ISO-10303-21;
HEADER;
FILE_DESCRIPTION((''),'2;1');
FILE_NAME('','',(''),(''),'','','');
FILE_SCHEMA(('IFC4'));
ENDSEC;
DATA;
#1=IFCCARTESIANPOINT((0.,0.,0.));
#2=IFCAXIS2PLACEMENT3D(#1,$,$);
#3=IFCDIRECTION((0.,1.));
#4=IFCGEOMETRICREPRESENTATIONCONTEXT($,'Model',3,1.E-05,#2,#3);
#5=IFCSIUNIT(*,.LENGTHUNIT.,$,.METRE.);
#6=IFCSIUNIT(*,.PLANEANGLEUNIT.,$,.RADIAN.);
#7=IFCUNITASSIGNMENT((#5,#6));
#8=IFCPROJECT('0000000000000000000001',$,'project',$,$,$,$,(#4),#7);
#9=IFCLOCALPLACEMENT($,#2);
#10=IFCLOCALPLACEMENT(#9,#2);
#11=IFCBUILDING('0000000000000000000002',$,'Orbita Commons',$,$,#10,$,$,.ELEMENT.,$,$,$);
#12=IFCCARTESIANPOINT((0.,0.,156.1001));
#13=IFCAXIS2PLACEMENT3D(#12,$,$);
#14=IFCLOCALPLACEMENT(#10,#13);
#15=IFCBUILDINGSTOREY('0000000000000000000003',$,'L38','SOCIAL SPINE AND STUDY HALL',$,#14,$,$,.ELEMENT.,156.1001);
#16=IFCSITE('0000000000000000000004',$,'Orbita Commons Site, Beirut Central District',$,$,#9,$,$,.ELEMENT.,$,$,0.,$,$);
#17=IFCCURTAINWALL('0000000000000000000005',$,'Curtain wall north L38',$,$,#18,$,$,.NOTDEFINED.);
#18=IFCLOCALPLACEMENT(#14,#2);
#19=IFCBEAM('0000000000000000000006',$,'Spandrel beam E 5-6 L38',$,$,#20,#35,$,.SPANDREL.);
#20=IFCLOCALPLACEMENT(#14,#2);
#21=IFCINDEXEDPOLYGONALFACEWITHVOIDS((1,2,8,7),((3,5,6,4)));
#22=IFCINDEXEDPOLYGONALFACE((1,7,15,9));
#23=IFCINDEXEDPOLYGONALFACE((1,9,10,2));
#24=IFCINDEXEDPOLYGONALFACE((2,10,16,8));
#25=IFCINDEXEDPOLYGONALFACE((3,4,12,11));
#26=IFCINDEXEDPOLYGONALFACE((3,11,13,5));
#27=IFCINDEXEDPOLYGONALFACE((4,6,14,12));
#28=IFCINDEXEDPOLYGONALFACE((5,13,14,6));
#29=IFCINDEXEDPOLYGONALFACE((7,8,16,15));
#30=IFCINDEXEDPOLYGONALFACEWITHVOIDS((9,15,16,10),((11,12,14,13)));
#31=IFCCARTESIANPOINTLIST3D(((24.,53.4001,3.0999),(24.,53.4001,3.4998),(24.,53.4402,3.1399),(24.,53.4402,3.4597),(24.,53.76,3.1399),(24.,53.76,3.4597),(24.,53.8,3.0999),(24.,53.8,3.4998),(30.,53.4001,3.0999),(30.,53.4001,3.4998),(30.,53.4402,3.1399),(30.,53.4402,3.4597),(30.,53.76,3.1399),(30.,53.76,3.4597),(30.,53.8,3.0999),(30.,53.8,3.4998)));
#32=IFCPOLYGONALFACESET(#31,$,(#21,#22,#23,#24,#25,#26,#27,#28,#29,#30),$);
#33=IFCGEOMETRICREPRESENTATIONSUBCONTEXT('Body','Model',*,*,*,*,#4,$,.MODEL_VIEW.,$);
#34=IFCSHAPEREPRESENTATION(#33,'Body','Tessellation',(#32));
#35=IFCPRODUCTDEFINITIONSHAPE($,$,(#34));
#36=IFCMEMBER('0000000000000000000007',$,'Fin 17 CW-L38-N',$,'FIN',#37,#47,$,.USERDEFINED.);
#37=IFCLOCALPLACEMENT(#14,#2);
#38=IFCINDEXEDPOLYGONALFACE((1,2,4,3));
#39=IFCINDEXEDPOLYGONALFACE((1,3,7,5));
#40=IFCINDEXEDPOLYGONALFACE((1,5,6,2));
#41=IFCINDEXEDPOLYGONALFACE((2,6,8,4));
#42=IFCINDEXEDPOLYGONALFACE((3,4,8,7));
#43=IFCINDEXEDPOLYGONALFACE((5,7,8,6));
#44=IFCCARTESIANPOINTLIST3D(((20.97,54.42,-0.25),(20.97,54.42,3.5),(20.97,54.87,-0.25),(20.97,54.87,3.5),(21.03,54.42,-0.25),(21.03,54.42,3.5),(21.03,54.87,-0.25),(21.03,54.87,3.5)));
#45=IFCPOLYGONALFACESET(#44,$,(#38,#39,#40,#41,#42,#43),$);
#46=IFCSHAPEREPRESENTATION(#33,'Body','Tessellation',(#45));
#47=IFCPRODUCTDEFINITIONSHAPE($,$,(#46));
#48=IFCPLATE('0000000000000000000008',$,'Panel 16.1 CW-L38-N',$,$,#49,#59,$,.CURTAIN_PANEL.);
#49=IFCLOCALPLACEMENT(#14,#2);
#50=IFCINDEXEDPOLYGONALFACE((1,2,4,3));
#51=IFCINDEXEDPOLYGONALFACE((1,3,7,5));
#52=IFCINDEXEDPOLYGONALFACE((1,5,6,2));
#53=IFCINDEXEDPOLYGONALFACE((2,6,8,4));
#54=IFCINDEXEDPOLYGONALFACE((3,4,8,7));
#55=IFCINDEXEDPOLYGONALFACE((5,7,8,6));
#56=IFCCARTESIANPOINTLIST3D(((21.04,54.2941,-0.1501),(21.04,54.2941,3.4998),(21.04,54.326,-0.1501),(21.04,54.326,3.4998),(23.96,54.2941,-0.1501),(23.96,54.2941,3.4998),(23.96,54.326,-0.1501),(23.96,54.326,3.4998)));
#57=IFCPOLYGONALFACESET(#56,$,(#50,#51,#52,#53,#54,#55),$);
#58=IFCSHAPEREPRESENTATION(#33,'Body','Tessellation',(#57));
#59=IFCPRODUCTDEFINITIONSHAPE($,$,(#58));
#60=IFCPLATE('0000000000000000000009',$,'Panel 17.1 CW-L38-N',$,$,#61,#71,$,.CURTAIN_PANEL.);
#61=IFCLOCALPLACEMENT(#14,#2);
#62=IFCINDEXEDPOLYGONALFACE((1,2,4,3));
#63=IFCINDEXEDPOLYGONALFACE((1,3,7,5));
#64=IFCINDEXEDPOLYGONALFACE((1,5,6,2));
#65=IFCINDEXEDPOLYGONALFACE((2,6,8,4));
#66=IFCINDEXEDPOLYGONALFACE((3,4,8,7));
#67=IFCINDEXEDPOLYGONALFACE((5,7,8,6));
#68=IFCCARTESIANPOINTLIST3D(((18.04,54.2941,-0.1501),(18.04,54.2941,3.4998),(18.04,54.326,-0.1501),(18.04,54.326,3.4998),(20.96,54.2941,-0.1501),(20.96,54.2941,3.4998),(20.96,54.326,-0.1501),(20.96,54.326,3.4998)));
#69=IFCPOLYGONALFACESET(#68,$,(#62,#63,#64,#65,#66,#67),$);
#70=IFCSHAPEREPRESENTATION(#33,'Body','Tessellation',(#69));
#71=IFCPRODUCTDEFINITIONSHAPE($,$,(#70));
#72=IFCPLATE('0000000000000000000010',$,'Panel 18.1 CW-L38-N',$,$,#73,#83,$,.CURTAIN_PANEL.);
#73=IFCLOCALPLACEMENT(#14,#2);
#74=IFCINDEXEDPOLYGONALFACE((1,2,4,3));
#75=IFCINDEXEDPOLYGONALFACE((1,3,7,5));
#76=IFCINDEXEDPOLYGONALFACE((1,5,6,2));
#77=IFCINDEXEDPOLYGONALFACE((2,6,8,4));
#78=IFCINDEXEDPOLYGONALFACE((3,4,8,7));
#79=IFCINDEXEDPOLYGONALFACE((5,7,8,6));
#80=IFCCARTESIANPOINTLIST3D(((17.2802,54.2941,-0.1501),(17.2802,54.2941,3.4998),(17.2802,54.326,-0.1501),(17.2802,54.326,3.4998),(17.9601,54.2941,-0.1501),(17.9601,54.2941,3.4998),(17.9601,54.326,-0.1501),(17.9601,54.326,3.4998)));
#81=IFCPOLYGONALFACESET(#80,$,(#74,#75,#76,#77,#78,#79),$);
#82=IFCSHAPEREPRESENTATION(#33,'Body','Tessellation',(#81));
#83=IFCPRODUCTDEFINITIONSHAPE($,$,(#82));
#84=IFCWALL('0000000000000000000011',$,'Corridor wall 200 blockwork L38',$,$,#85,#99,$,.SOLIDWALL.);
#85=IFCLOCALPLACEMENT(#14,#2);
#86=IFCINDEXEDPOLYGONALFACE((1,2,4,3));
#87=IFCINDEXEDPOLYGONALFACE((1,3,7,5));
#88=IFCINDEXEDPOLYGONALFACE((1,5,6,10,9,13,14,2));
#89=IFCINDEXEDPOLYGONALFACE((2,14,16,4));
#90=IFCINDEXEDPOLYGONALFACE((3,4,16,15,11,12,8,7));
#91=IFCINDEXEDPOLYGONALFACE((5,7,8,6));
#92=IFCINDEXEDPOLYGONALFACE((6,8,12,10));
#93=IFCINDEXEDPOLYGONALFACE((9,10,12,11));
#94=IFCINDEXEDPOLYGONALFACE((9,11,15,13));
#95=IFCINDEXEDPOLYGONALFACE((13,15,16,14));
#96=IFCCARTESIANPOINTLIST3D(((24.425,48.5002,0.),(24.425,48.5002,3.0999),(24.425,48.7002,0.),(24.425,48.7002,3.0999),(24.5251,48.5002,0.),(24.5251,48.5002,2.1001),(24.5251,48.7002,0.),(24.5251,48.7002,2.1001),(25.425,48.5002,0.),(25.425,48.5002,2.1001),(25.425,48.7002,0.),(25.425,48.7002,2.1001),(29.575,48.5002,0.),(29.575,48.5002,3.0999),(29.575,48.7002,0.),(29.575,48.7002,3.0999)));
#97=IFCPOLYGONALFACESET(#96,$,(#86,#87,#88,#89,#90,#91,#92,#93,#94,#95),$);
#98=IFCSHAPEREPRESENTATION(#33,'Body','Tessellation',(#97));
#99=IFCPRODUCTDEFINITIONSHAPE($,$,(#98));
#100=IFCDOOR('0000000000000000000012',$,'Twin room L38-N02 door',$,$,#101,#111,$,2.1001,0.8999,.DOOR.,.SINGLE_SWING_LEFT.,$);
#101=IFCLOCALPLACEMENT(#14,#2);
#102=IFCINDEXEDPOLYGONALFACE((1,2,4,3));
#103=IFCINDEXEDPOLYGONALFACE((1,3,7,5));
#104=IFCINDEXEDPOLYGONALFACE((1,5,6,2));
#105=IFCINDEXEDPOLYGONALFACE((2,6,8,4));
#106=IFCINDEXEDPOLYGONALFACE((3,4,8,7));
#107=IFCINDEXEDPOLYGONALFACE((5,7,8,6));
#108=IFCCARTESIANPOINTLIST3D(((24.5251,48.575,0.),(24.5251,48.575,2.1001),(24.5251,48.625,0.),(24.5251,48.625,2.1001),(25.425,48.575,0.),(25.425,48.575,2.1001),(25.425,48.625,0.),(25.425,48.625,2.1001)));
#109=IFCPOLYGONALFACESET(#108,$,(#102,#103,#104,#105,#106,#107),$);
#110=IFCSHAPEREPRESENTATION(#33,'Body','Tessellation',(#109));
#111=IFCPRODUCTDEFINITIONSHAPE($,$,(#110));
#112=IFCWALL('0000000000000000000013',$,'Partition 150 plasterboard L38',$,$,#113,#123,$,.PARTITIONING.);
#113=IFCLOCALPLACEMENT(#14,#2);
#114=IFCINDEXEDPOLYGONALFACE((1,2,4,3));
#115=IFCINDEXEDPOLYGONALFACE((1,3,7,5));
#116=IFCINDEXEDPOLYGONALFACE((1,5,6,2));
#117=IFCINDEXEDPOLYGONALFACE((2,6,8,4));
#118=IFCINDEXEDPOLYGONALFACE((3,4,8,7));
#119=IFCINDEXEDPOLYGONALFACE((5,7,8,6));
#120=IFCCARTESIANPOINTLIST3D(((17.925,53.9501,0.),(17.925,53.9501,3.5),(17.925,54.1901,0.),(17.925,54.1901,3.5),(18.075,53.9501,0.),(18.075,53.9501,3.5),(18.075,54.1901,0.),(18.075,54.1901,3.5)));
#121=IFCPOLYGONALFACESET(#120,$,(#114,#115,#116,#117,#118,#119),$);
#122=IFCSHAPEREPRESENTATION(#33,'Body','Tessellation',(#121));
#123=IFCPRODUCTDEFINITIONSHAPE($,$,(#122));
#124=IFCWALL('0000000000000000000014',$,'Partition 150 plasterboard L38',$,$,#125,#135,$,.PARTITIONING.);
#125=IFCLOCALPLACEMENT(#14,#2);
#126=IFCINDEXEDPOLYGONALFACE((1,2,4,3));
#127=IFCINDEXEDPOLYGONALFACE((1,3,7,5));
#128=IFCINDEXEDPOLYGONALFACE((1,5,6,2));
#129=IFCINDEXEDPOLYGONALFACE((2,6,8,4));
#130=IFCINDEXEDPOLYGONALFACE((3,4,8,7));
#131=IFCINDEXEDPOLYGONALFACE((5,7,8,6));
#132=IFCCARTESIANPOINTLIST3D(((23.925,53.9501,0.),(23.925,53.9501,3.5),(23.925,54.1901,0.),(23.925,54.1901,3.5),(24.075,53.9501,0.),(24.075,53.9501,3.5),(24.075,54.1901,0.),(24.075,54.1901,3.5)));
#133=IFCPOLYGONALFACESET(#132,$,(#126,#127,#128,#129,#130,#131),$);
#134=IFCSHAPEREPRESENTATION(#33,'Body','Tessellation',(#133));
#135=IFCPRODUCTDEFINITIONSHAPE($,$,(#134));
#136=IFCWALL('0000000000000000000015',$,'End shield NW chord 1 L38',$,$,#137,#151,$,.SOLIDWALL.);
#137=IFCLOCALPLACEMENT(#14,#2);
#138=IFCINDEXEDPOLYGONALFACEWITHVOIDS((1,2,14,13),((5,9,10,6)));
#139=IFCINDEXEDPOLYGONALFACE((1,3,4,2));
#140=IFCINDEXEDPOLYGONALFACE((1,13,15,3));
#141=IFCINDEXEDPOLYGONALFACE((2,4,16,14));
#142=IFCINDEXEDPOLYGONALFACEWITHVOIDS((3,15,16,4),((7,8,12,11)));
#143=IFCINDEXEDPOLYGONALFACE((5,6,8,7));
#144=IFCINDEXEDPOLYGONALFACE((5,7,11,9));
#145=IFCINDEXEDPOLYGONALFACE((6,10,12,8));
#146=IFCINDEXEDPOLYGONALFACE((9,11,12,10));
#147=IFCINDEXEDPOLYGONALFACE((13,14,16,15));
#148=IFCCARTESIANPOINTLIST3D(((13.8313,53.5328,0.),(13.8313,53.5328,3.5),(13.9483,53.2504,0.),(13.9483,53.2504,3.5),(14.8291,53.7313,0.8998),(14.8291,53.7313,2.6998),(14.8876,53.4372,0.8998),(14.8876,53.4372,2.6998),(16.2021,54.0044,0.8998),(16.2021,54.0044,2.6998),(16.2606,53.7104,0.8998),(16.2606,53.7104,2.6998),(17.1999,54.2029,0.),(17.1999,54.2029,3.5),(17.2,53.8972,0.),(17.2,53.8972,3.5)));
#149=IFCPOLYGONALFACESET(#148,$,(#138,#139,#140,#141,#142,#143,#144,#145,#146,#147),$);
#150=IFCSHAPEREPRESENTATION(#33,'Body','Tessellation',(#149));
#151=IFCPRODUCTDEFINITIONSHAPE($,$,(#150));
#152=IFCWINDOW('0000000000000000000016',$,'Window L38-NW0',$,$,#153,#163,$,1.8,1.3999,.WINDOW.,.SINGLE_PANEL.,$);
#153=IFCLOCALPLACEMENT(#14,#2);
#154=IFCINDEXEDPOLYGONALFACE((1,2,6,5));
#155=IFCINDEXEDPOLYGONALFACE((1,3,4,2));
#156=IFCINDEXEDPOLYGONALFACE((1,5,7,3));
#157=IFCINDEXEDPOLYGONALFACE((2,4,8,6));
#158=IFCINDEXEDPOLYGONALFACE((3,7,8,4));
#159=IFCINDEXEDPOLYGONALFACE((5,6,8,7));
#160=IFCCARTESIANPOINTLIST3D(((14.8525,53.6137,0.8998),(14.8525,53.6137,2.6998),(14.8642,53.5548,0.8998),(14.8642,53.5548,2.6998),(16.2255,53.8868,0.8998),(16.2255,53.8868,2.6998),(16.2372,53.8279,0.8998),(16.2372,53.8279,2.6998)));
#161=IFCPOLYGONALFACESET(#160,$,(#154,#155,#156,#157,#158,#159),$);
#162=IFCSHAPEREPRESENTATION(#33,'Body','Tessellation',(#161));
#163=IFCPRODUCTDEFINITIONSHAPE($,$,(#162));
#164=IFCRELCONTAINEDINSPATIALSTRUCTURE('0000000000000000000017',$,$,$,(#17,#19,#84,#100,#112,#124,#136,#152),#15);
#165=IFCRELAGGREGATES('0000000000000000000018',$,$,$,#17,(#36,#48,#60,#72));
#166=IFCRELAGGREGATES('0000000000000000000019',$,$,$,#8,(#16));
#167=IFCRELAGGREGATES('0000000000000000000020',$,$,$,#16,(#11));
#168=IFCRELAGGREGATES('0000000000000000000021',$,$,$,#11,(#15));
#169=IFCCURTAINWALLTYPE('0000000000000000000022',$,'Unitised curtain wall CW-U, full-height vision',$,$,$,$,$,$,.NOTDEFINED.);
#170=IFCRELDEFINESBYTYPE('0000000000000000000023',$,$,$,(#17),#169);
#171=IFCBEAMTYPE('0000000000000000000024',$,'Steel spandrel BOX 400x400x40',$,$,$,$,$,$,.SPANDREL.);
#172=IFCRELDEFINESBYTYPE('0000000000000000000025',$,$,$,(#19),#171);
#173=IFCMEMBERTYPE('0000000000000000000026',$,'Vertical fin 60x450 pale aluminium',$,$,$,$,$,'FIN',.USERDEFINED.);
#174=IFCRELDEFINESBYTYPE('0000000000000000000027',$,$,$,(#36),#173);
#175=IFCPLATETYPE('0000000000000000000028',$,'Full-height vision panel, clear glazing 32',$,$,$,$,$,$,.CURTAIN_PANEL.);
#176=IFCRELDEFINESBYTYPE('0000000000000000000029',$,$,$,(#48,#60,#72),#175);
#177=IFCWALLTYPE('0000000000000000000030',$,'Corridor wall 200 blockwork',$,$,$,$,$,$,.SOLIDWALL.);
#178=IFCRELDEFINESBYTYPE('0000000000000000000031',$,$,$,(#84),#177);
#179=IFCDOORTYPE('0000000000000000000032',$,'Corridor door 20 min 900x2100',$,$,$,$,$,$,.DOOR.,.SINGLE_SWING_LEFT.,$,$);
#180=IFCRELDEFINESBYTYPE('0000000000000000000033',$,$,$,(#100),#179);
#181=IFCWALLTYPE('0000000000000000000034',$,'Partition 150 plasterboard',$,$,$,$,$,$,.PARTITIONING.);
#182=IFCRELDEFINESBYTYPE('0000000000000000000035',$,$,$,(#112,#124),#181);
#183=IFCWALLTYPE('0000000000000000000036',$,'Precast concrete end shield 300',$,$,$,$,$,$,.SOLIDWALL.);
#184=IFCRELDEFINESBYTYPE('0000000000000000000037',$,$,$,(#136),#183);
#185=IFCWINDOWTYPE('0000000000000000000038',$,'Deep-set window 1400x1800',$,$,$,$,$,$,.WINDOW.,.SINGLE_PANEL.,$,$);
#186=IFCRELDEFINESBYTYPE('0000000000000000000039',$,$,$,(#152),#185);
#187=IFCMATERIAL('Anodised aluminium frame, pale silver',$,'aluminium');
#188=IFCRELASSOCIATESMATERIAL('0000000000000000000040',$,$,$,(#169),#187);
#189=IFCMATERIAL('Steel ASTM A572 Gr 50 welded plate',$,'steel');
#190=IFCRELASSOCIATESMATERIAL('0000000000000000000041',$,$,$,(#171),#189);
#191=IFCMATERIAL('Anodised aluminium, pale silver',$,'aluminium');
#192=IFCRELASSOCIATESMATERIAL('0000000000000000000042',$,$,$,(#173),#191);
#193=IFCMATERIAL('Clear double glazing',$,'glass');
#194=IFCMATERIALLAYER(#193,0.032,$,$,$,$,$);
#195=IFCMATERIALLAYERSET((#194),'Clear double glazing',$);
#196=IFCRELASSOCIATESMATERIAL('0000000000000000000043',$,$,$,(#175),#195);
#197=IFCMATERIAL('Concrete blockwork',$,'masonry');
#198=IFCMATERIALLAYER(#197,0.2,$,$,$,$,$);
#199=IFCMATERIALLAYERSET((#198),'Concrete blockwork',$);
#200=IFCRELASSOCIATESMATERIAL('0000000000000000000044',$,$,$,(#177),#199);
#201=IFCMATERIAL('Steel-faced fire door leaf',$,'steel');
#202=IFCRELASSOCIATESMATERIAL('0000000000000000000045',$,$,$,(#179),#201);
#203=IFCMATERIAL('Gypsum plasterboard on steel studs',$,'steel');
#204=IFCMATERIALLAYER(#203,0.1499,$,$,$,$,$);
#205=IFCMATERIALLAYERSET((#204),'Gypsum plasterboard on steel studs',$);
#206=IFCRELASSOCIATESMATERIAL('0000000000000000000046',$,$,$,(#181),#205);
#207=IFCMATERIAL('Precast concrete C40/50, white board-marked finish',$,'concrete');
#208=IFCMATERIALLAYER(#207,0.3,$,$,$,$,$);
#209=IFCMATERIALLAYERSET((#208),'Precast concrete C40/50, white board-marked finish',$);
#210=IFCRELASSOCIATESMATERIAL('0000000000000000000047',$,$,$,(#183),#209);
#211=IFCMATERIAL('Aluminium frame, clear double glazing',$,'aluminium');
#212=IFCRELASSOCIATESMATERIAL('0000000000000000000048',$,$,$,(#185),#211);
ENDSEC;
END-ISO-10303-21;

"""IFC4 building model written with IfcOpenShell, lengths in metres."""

from ifc_helpers import new_model, si_unit, direction, frame, frame_2d, origin, origin_2d, place, context, subcontext, project, spatial, polyline, rectangle, hollow_rectangle, outline, extrude, material, layer, layer_set, material_profile, profile_set, type_object, element, fill, aggregate, save


model = new_model("IFC4")

# Units and contexts
model_context = context("Model", 3, precision=1e-05, world=origin(), true_north=direction((0.0, 1.0)))
body_context = subcontext(model_context, "Body", "Model", "MODEL_VIEW")
ifc_project = project(units=[si_unit("LENGTHUNIT", "METRE"), si_unit("PLANEANGLEUNIT", "RADIAN")], contexts=[model_context])

# Site, building, storey
site_placement = place(None, origin())
site = spatial("IfcSite", under=ifc_project, at=site_placement, Name="Orbita Commons Site, Beirut Central District", CompositionType="ELEMENT", RefElevation=0.0)
building_placement = place(site_placement, origin())
building = spatial("IfcBuilding", under=site, at=building_placement, Name="Orbita Commons", CompositionType="ELEMENT")
storey_placement = place(building_placement, frame((0.0, 0.0, 156.1001)))
storey = spatial("IfcBuildingStorey", under=building, at=storey_placement, Name="L38", Description="SOCIAL SPINE AND STUDY HALL", CompositionType="ELEMENT", Elevation=156.1001)

# Curtain wall
ifc_material_1 = material(Name="Anodised aluminium frame, pale silver", Category="aluminium")
curtain_wall_type = type_object("IfcCurtainWallType", Name="Unitised curtain wall CW-U, full-height vision", PredefinedType="NOTDEFINED", material=ifc_material_1)
curtain_wall_placement = place(storey_placement, origin())
curtain_wall = element("IfcCurtainWall", 1, at=curtain_wall_placement, inside=storey, type_object=curtain_wall_type, Name="Curtain wall north L38", PredefinedType="NOTDEFINED")

# Beam
ifc_material_2 = material(Name="Steel ASTM A572 Gr 50 welded plate", Category="steel")
ifc_material_profile_1 = material_profile(ifc_material_2, hollow_rectangle(XDim=0.3999, YDim=0.3999, WallThickness=0.04, at=origin_2d()), Name="BOX 400x400x40")
ifc_profile_set_1 = profile_set([ifc_material_profile_1], Name="Steel ASTM A572 Gr 50 welded plate")
beam_type_1 = type_object("IfcBeamType", Name="Steel spandrel BOX 400x400x40", PredefinedType="SPANDREL", material=ifc_profile_set_1)
for number, where, z_axis, x_axis, name in (
    (2, (24.0, 53.6001, 3.2998), (1.0, 0.0, 0.0), (0.0, 1.0, 0.0), "Spandrel beam E 5-6 L38"),
):
    element("IfcBeam", number, at=place(storey_placement, frame(where, z_axis=z_axis, x_axis=x_axis)), inside=storey, type_object=beam_type_1, Name=name, PredefinedType="SPANDREL", context=body_context, shape_type="SweptSolid", body=[
        extrude(hollow_rectangle(XDim=0.3999, YDim=0.3999, WallThickness=0.04, at=origin_2d()), origin(), (0.0, 0.0, 1.0), 6.0),
    ])

# Member
ifc_material_3 = material(Name="Anodised aluminium, pale silver", Category="aluminium")
ifc_material_profile_2 = material_profile(ifc_material_3, rectangle(XDim=0.0601, YDim=0.45, at=origin_2d()), Name="FIN 60x450")
ifc_profile_set_2 = profile_set([ifc_material_profile_2], Name="Anodised aluminium, pale silver")
member_type_1 = type_object("IfcMemberType", Name="Vertical fin 60x450 pale aluminium", ElementType="FIN", PredefinedType="USERDEFINED", material=ifc_profile_set_2)
member_1_placement = place(storey_placement, frame((21.0, 54.645, -0.25), z_axis=(0.0, 0.0, 1.0), x_axis=(-1.0, 0.0, 0.0)))
member_1 = element("IfcMember", 3, at=member_1_placement, type_object=member_type_1, Name="Fin 17 CW-L38-N", ObjectType="FIN", PredefinedType="USERDEFINED", context=body_context, shape_type="SweptSolid", body=[
    extrude(rectangle(XDim=0.0601, YDim=0.45, at=origin_2d()), origin(), (0.0, 0.0, 1.0), 3.75),
])

# Plates
ifc_material_4 = material(Name="Clear double glazing", Category="glass")
ifc_layer_1 = layer(ifc_material_4, 0.032)
ifc_layer_set_1 = layer_set([ifc_layer_1], Name="Clear double glazing")
plate_type = type_object("IfcPlateType", Name="Full-height vision panel, clear glazing 32", PredefinedType="CURTAIN_PANEL", material=ifc_layer_set_1)
plate_1_placement = place(storey_placement, frame((22.5, 54.3101, -0.1501), z_axis=(0.0, 0.0, 1.0), x_axis=(-1.0, 0.0, 0.0)))
plate_1 = element("IfcPlate", 4, at=plate_1_placement, type_object=plate_type, Name="Panel 16.1 CW-L38-N", PredefinedType="CURTAIN_PANEL", context=body_context, shape_type="SweptSolid", body=[
    extrude(rectangle(XDim=2.9199, YDim=0.032, at=origin_2d()), origin(), (0.0, 0.0, 1.0), 3.6499),
])
plate_2_placement = place(storey_placement, frame((19.5, 54.3101, -0.1501), z_axis=(0.0, 0.0, 1.0), x_axis=(-1.0, 0.0, 0.0)))
plate_2 = element("IfcPlate", 5, at=plate_2_placement, type_object=plate_type, Name="Panel 17.1 CW-L38-N", PredefinedType="CURTAIN_PANEL", context=body_context, shape_type="SweptSolid", body=[
    extrude(rectangle(XDim=2.9199, YDim=0.032, at=origin_2d()), origin(), (0.0, 0.0, 1.0), 3.6499),
])
plate_3_placement = place(storey_placement, frame((17.6201, 54.3101, -0.1501), z_axis=(0.0, 0.0, 1.0), x_axis=(-1.0, 0.0, 0.0)))
plate_3 = element("IfcPlate", 6, at=plate_3_placement, type_object=plate_type, Name="Panel 18.1 CW-L38-N", PredefinedType="CURTAIN_PANEL", context=body_context, shape_type="SweptSolid", body=[
    extrude(rectangle(XDim=0.6799, YDim=0.032, at=origin_2d()), origin(), (0.0, 0.0, 1.0), 3.6499),
])
aggregate(curtain_wall, [member_1, plate_1, plate_2, plate_3])

# Wall, opening, door
ifc_material_5 = material(Name="Concrete blockwork", Category="masonry")
ifc_layer_2 = layer(ifc_material_5, 0.2)
ifc_layer_set_2 = layer_set([ifc_layer_2], Name="Concrete blockwork")
wall_type_1 = type_object("IfcWallType", Name="Corridor wall 200 blockwork", PredefinedType="SOLIDWALL", material=ifc_layer_set_2)
wall_1_placement = place(storey_placement, frame((24.425, 48.6001, 0.0), z_axis=(0.0, 0.0, 1.0), x_axis=(1.0, 0.0, 0.0)))
wall_1 = element("IfcWall", 7, at=wall_1_placement, inside=storey, type_object=wall_type_1, Name="Corridor wall 200 blockwork L38", PredefinedType="SOLIDWALL", context=body_context, shape_type="SweptSolid", body=[
    extrude(outline(polyline([(0.0, 0.0), (5.1499, 0.0), (5.1499, 3.0999), (0.0, 3.0999), (0.0, 0.0)])), frame((0.0, 0.1001, 0.0), z_axis=(0.0, -1.0, 0.0), x_axis=(1.0, 0.0, 0.0)), (0.0, 0.0, 1.0), 0.2),
])
opening_1_placement = place(wall_1_placement, frame((0.1001, 0.0, 0.0)))
opening_1 = element("IfcOpeningElement", 8, at=opening_1_placement, cuts=wall_1, PredefinedType="OPENING", context=body_context, shape_type="SweptSolid", body=[
    extrude(rectangle(XDim=0.8999, YDim=2.1001, at=frame_2d((0.45, 1.05))), frame((0.0, 0.1099, 0.0), z_axis=(0.0, -1.0, 0.0), x_axis=(1.0, 0.0, 0.0)), (0.0, 0.0, 1.0), 0.22),
])
ifc_material_6 = material(Name="Steel-faced fire door leaf", Category="steel")
door_type = type_object("IfcDoorType", Name="Corridor door 20 min 900x2100", OperationType="SINGLE_SWING_LEFT", PredefinedType="DOOR", material=ifc_material_6)
door_placement = place(opening_1_placement, origin())
door = element("IfcDoor", 9, at=door_placement, inside=storey, type_object=door_type, Name="Twin room L38-N02 door", OperationType="SINGLE_SWING_LEFT", OverallHeight=2.1001, OverallWidth=0.8999, PredefinedType="DOOR", context=body_context, shape_type="SweptSolid", body=[
    extrude(rectangle(XDim=0.8999, YDim=2.1001, at=frame_2d((0.45, 1.05))), frame((0.0, 0.0249, 0.0), z_axis=(0.0, -1.0, 0.0), x_axis=(1.0, 0.0, 0.0)), (0.0, 0.0, 1.0), 0.05),
])
fill(opening_1, door)

# Walls
ifc_material_7 = material(Name="Gypsum plasterboard on steel studs", Category="steel")
ifc_layer_3 = layer(ifc_material_7, 0.1499)
ifc_layer_set_3 = layer_set([ifc_layer_3], Name="Gypsum plasterboard on steel studs")
wall_type_2 = type_object("IfcWallType", Name="Partition 150 plasterboard", PredefinedType="PARTITIONING", material=ifc_layer_set_3)
for number, where, z_axis, x_axis, name in (
    (10, (18.0, 53.95, 0.0), (0.0, 0.0, 1.0), (0.0, 1.0, 0.0), "Partition 150 plasterboard L38"),
    (11, (24.0, 53.95, 0.0), (0.0, 0.0, 1.0), (0.0, 1.0, 0.0), "Partition 150 plasterboard L38"),
):
    element("IfcWall", number, at=place(storey_placement, frame(where, z_axis=z_axis, x_axis=x_axis)), inside=storey, type_object=wall_type_2, Name=name, PredefinedType="PARTITIONING", context=body_context, shape_type="SweptSolid", body=[
        extrude(rectangle(XDim=0.24, YDim=0.1499, at=frame_2d((0.1201, 0.0))), origin(), (0.0, 0.0, 1.0), 3.5),
    ])

# Wall, opening, window
ifc_material_8 = material(Name="Precast concrete C40/50, white board-marked finish", Category="concrete")
ifc_layer_4 = layer(ifc_material_8, 0.3)
ifc_layer_set_4 = layer_set([ifc_layer_4], Name="Precast concrete C40/50, white board-marked finish")
wall_type_3 = type_object("IfcWallType", Name="Precast concrete end shield 300", PredefinedType="SOLIDWALL", material=ifc_layer_set_4)
wall_2_placement = place(storey_placement, frame((17.2, 54.05, 0.0), z_axis=(0.0, 0.0, 1.0), x_axis=(-0.980783, -0.1951, 0.0)))
wall_2 = element("IfcWall", 12, at=wall_2_placement, inside=storey, type_object=wall_type_3, Name="End shield NW chord 1 L38", PredefinedType="SOLIDWALL", context=body_context, shape_type="SweptSolid", body=[
    extrude(outline(polyline([(-0.0298, -0.1499), (3.4048, -0.1499), (3.3452, 0.1499), (0.0298, 0.1499), (-0.0298, -0.1499)])), origin(), (0.0, 0.0, 1.0), 3.5),
])
opening_2_placement = place(wall_2_placement, frame((0.9875, 0.0, 0.8999)))
opening_2 = element("IfcOpeningElement", 13, at=opening_2_placement, cuts=wall_2, PredefinedType="OPENING", context=body_context, shape_type="SweptSolid", body=[
    extrude(rectangle(XDim=1.3999, YDim=1.8, at=frame_2d((0.7, 0.8999))), frame((0.0, 0.1599, 0.0), z_axis=(0.0, -1.0, 0.0), x_axis=(1.0, 0.0, 0.0)), (0.0, 0.0, 1.0), 0.3201),
])
ifc_material_9 = material(Name="Aluminium frame, clear double glazing", Category="aluminium")
window_type = type_object("IfcWindowType", Name="Deep-set window 1400x1800", PartitioningType="SINGLE_PANEL", PredefinedType="WINDOW", material=ifc_material_9)
window_1_placement = place(opening_2_placement, origin())
window_1 = element("IfcWindow", 14, at=window_1_placement, inside=storey, type_object=window_type, Name="Window L38-NW0", OverallHeight=1.8, OverallWidth=1.3999, PartitioningType="SINGLE_PANEL", PredefinedType="WINDOW", context=body_context, shape_type="SweptSolid", body=[
    extrude(rectangle(XDim=1.3999, YDim=1.8, at=frame_2d((0.7, 0.8999))), frame((0.0, 0.03, 0.0), z_axis=(0.0, -1.0, 0.0), x_axis=(1.0, 0.0, 0.0)), (0.0, 0.0, 1.0), 0.0601),
])
fill(opening_2, window_1)

save(model, "model.ifc")
